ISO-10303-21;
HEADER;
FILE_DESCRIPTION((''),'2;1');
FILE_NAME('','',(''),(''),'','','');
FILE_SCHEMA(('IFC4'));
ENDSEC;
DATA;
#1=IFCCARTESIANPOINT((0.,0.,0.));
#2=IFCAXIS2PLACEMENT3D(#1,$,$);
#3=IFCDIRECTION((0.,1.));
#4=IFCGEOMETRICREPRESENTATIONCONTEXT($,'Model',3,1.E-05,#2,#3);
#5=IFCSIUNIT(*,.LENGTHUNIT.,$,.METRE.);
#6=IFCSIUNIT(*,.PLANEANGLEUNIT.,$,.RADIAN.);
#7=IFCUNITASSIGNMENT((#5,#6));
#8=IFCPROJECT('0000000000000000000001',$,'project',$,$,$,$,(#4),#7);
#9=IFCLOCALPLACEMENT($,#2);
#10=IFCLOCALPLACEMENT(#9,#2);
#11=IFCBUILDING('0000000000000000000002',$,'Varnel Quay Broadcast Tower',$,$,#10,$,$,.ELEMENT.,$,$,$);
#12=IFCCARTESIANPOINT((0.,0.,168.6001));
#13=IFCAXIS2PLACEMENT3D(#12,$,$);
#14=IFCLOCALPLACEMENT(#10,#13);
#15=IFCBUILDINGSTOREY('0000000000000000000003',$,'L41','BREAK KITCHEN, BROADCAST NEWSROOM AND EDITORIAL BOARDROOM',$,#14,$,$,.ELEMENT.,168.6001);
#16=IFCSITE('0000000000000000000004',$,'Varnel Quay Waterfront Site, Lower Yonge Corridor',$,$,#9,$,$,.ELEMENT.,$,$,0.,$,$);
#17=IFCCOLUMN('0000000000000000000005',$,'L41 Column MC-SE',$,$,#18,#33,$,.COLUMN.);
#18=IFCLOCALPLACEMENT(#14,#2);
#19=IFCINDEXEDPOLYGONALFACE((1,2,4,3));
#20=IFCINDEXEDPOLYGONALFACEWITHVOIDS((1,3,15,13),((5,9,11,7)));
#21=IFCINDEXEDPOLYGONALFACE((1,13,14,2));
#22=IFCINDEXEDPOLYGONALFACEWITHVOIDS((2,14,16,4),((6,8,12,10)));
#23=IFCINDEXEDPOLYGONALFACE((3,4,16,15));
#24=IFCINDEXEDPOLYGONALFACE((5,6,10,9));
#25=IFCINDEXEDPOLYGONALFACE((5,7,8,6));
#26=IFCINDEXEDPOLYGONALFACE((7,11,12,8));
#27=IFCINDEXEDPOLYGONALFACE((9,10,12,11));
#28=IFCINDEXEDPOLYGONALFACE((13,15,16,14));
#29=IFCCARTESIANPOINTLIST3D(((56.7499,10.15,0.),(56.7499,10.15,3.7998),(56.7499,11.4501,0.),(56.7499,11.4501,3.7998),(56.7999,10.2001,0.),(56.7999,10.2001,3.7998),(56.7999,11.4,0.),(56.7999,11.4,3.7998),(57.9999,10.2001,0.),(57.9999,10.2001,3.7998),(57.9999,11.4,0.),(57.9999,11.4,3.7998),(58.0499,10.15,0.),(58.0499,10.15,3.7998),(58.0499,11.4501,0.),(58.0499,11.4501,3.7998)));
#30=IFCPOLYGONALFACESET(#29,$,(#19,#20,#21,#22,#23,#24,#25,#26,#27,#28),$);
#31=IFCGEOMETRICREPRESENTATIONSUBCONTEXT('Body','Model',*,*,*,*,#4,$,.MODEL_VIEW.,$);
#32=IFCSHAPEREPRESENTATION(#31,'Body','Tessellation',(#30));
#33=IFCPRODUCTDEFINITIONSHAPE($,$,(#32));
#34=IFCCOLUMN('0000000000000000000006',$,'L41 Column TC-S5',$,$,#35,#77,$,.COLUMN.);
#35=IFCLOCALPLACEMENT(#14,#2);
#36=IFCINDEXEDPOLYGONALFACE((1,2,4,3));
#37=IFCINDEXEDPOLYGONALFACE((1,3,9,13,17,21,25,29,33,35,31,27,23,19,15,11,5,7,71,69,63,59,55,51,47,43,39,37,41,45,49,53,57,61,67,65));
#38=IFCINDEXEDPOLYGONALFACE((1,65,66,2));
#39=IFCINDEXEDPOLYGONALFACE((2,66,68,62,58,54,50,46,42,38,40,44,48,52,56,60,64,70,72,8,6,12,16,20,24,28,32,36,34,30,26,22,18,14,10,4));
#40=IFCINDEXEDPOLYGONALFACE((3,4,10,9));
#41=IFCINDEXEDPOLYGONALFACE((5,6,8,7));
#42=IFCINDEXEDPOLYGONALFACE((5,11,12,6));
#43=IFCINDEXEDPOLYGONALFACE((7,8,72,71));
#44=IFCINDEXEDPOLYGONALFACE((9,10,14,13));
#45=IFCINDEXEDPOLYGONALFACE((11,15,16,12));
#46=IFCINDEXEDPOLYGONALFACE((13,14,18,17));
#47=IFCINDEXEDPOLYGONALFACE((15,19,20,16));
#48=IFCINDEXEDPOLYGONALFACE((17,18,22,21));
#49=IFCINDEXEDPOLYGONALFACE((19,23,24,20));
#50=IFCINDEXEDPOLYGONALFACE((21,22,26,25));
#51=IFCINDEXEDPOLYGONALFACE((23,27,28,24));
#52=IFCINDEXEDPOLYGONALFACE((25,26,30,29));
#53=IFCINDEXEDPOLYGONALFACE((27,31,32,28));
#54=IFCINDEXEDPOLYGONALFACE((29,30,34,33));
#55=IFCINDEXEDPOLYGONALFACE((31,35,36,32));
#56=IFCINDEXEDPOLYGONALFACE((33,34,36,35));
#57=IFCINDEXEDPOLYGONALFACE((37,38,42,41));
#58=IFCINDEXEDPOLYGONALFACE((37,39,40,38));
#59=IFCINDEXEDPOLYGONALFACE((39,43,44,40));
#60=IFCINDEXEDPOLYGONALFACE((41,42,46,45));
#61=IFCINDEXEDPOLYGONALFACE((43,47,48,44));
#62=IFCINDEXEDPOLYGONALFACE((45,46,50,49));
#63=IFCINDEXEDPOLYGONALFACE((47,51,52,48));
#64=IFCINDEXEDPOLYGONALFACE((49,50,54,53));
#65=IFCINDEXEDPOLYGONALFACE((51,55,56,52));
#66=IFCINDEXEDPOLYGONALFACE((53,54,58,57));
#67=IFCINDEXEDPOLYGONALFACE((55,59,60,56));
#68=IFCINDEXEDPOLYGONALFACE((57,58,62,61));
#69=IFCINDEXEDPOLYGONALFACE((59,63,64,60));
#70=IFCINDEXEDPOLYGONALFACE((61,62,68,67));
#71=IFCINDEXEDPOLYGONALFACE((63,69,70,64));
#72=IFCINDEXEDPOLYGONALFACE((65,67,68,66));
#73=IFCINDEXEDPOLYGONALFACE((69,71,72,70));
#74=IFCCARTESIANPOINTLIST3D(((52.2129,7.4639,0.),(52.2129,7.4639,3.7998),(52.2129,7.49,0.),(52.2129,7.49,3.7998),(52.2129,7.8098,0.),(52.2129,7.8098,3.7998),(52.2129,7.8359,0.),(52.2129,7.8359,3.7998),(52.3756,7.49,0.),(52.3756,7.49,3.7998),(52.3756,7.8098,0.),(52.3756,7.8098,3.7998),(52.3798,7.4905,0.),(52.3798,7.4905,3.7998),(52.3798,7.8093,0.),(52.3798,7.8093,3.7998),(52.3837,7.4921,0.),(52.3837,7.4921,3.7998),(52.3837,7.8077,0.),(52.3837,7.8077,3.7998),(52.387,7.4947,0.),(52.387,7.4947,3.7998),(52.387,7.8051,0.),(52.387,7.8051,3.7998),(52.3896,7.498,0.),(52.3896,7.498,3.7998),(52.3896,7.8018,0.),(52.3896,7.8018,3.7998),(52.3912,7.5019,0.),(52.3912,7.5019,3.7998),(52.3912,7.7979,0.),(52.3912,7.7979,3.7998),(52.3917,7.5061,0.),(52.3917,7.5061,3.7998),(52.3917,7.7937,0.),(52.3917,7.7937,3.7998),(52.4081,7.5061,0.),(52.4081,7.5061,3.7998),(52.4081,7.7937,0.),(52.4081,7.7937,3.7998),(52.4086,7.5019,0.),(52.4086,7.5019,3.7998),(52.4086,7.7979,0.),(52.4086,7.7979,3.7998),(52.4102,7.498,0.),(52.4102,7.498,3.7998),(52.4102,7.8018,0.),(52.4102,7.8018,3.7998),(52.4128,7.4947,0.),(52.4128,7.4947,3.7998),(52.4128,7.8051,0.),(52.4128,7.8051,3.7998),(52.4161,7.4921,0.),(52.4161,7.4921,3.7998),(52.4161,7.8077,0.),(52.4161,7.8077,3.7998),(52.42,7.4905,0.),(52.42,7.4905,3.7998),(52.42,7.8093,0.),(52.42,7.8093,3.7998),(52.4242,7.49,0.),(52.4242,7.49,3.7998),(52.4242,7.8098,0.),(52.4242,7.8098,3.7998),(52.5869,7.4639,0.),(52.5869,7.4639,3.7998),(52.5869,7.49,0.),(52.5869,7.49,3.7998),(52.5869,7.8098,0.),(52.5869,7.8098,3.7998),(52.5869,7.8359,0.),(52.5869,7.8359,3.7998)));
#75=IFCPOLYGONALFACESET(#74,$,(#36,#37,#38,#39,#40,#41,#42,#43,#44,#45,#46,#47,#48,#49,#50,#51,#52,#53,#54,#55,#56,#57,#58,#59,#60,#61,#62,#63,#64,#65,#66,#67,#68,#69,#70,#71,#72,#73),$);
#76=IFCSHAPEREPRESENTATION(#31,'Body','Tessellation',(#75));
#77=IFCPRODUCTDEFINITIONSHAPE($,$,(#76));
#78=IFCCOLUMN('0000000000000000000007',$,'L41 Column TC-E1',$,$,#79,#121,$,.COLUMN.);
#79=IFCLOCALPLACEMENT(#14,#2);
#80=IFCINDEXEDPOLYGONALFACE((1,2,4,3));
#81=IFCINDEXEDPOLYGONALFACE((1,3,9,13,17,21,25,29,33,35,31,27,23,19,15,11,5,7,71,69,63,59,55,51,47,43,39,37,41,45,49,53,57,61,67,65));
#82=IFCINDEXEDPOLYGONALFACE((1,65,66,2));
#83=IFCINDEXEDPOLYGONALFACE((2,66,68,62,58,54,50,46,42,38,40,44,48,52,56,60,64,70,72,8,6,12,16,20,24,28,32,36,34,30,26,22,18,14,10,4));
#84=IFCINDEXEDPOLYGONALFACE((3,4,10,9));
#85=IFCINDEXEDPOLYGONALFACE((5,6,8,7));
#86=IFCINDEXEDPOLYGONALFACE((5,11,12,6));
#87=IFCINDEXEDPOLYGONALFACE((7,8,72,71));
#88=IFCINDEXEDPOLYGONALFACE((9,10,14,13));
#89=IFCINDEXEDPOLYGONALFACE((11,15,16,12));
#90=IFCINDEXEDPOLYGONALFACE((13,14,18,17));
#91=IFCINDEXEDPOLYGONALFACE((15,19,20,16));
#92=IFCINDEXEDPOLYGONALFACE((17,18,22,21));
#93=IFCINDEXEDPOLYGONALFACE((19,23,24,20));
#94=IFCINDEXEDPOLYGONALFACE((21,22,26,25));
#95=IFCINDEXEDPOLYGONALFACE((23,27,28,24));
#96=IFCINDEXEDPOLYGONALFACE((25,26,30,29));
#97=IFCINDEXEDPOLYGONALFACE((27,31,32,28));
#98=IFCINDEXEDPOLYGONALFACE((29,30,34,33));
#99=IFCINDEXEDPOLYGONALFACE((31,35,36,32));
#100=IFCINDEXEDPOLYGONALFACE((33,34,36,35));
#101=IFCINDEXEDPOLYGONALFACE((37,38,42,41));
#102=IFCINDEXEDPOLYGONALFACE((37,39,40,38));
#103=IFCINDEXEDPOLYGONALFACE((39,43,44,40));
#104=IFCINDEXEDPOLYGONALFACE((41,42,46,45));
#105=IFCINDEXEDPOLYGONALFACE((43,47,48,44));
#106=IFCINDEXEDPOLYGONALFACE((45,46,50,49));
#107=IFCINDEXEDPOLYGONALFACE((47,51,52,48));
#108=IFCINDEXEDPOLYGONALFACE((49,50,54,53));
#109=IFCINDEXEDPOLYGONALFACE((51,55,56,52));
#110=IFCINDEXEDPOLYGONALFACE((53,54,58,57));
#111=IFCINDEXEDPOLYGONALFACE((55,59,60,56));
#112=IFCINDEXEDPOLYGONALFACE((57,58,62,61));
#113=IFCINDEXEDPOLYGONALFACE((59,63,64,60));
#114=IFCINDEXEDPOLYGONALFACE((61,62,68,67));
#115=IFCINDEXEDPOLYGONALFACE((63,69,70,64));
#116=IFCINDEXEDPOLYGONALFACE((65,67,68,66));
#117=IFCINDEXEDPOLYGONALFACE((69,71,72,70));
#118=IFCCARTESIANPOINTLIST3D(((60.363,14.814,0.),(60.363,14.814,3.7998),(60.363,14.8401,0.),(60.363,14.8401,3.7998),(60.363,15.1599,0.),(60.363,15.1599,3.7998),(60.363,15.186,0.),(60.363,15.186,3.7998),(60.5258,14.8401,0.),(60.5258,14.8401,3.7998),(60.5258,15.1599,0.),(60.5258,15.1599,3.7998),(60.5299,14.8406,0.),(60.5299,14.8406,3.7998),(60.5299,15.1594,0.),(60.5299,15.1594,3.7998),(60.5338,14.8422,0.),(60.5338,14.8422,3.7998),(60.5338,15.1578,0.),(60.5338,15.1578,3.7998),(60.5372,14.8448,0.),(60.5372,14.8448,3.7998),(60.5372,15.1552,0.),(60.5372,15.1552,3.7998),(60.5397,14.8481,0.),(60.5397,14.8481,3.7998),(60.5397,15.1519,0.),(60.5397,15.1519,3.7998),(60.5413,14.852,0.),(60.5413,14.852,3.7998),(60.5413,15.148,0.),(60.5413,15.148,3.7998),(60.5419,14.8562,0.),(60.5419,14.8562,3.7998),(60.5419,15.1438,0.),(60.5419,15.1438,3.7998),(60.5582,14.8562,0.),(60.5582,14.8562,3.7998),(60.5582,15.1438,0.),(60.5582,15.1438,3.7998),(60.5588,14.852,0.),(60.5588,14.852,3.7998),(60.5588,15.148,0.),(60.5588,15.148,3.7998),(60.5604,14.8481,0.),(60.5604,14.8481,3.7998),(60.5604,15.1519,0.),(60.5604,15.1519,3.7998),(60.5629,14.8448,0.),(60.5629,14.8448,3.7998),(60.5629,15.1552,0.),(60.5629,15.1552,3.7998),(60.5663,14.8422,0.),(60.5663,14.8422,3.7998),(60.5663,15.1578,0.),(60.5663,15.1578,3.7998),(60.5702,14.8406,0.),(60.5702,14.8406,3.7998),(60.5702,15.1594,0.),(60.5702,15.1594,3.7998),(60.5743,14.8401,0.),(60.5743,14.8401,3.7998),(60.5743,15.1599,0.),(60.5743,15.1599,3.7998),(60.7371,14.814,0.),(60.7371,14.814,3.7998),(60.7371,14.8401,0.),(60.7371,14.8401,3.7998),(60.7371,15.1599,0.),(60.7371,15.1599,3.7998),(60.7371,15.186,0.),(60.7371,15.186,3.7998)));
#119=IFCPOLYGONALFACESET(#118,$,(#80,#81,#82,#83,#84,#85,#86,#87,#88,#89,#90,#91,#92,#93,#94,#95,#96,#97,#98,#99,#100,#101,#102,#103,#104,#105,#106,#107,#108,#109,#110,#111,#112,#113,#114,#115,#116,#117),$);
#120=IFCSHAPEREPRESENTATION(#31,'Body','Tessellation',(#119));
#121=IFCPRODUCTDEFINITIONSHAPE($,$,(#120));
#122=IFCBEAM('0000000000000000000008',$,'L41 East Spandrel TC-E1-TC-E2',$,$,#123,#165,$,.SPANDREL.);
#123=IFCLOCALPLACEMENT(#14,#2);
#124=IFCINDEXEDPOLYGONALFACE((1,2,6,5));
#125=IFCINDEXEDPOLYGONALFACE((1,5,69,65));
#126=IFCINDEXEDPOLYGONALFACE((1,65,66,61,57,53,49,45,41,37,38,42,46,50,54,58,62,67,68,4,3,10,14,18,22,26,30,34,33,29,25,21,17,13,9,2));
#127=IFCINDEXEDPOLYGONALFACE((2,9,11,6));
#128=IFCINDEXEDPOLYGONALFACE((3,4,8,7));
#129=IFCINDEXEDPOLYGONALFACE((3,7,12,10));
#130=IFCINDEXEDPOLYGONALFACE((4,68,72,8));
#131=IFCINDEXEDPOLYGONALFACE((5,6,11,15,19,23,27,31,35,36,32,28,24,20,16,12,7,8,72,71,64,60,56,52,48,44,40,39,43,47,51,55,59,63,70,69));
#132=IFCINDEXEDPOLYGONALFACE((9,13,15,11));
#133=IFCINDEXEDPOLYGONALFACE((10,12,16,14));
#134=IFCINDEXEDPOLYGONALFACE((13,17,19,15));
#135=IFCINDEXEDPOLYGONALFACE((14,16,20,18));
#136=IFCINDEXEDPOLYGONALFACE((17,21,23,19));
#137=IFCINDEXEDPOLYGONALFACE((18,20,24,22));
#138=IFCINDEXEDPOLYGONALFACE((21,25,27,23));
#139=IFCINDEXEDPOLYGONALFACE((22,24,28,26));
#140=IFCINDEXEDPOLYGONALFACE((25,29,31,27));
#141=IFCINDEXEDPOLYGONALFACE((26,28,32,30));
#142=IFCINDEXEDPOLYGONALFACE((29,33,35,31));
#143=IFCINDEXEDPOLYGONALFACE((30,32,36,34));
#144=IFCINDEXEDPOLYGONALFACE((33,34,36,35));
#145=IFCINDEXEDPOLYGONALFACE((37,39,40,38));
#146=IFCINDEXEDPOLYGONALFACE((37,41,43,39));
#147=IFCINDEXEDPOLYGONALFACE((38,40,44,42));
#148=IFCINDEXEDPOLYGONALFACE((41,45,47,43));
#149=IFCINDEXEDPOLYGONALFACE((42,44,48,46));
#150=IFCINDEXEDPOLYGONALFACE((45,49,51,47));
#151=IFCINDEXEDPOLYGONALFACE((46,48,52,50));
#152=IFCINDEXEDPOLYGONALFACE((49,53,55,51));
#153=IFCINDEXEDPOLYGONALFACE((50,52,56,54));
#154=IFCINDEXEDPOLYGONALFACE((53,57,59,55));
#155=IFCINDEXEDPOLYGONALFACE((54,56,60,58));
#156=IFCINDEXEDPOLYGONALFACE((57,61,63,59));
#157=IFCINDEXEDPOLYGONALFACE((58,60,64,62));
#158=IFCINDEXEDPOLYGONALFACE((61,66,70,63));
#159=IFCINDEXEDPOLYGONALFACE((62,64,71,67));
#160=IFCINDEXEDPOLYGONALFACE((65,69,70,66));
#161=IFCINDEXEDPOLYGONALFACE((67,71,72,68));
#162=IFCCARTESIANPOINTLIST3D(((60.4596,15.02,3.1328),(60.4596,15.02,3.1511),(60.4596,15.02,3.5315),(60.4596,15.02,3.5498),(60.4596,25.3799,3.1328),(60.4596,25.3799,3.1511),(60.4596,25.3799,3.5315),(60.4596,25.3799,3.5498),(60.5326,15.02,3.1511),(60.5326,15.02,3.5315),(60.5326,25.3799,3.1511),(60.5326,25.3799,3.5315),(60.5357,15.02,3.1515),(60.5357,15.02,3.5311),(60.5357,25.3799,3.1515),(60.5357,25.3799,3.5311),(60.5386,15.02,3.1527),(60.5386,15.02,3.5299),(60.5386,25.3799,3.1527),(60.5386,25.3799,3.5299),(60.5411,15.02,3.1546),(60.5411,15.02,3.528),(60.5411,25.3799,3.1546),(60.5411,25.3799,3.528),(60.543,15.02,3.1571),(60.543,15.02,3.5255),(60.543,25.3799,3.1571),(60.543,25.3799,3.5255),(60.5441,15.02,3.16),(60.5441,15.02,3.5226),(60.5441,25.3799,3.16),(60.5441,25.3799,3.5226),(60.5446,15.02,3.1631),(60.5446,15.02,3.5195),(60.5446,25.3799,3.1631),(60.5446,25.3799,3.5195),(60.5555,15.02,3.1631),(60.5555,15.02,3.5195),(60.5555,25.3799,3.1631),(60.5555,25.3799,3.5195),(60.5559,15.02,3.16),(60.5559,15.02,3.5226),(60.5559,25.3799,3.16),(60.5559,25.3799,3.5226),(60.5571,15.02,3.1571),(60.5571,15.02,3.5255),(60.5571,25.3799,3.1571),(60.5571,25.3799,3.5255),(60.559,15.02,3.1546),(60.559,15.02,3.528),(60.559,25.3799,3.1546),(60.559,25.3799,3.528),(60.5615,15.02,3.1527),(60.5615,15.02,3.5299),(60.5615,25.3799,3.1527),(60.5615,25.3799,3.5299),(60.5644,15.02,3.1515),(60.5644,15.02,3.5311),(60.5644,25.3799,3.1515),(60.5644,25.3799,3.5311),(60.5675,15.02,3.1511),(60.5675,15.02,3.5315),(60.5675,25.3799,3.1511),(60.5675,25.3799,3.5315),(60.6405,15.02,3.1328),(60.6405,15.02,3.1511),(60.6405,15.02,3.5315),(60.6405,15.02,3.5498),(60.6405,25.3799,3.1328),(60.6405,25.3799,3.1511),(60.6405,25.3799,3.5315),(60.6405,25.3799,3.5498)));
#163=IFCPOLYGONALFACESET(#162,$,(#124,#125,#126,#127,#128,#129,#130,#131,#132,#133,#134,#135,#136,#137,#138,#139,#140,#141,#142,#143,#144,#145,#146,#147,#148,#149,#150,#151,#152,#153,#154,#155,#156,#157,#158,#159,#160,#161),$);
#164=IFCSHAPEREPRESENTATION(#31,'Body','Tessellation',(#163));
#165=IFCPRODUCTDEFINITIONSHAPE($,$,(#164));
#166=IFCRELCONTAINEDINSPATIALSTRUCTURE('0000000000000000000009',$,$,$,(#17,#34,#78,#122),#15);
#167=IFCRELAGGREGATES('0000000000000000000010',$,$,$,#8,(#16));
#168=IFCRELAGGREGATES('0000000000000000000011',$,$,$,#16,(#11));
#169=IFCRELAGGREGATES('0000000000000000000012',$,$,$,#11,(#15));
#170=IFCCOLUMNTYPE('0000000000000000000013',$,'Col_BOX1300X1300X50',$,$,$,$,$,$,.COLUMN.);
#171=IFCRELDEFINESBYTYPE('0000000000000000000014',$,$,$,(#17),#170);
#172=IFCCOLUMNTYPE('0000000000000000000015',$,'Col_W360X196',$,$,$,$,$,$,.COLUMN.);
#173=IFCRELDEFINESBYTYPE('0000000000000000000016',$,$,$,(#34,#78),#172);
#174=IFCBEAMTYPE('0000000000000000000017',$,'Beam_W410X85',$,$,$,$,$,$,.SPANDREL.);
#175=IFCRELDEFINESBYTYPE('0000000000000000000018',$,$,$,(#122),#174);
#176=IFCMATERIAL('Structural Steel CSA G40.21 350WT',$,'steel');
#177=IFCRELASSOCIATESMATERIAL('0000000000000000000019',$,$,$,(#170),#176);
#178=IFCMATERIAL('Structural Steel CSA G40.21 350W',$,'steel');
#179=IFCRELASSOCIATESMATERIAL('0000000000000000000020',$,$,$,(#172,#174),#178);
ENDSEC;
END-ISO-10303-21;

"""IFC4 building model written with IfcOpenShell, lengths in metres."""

from ifc_helpers import new_model, si_unit, direction, frame, origin, origin_2d, place, context, subcontext, project, spatial, hollow_rectangle, i_section, extrude, source, transform, mapped, material, material_profile, profile_set, type_object, type_shapes, element, save


model = new_model("IFC4")

# Units and contexts
model_context = context("Model", 3, precision=1e-05, world=origin(), true_north=direction((0.0, 1.0)))
body_context = subcontext(model_context, "Body", "Model", "MODEL_VIEW")
ifc_project = project(units=[si_unit("LENGTHUNIT", "METRE"), si_unit("PLANEANGLEUNIT", "RADIAN")], contexts=[model_context])

# Site, building, storey
site_placement = place(None, origin())
site = spatial("IfcSite", under=ifc_project, at=site_placement, Name="Varnel Quay Waterfront Site, Lower Yonge Corridor", CompositionType="ELEMENT", RefElevation=0.0)
building_placement = place(site_placement, origin())
building = spatial("IfcBuilding", under=site, at=building_placement, Name="Varnel Quay Broadcast Tower", CompositionType="ELEMENT")
storey_placement = place(building_placement, frame((0.0, 0.0, 168.6001)))
storey = spatial("IfcBuildingStorey", under=building, at=storey_placement, Name="L41", Description="BREAK KITCHEN, BROADCAST NEWSROOM AND EDITORIAL BOARDROOM", CompositionType="ELEMENT", Elevation=168.6001)

# Columns
ifc_material_1 = material(Name="Structural Steel CSA G40.21 350WT", Category="steel")
ifc_material_profile_1 = material_profile(ifc_material_1, hollow_rectangle(XDim=1.3, YDim=1.3, WallThickness=0.05, at=origin_2d()), Name="BOX1300X1300X50")
ifc_profile_set_1 = profile_set([ifc_material_profile_1], Name="Structural Steel CSA G40.21 350WT")
column_type_1 = type_object("IfcColumnType", Name="Col_BOX1300X1300X50", PredefinedType="COLUMN", material=ifc_profile_set_1)
shared_shape_1 = source(origin(), body_context, "Body", "SweptSolid", [
    extrude(hollow_rectangle(XDim=1.3, YDim=1.3, WallThickness=0.05, at=origin_2d()), origin(), (0.0, 0.0, 1.0), 3.7998),
])
type_shapes(column_type_1, [shared_shape_1])
column_placement = place(storey_placement, frame((57.3999, 10.8, 0.0), z_axis=(0.0, 0.0, 1.0), x_axis=(1.0, 0.0, 0.0)))
element("IfcColumn", 1, at=column_placement, inside=storey, type_object=column_type_1, Name="L41 Column MC-SE", PredefinedType="COLUMN", context=body_context, shape_type="MappedRepresentation", body=[
    mapped(shared_shape_1, transform((0.0, 0.0, 0.0), x_axis=(1.0, 0.0, 0.0), y_axis=(0.0, 1.0, 0.0), z_axis=(0.0, 0.0, 1.0), scale=1.0)),
])
ifc_material_2 = material(Name="Structural Steel CSA G40.21 350W", Category="steel")
ifc_material_profile_2 = material_profile(ifc_material_2, i_section(OverallWidth=0.374, OverallDepth=0.3721, WebThickness=0.0164, FlangeThickness=0.0261, FilletRadius=0.0161, at=origin_2d()), Name="W360X196")
ifc_profile_set_2 = profile_set([ifc_material_profile_2], Name="Structural Steel CSA G40.21 350W")
column_type_2 = type_object("IfcColumnType", Name="Col_W360X196", PredefinedType="COLUMN", material=ifc_profile_set_2)
shared_shape_2 = source(origin(), body_context, "Body", "SweptSolid", [
    extrude(i_section(OverallWidth=0.374, OverallDepth=0.3721, WebThickness=0.0164, FlangeThickness=0.0261, FilletRadius=0.0161, at=origin_2d()), origin(), (0.0, 0.0, 1.0), 3.7998),
])
type_shapes(column_type_2, [shared_shape_2])
for number, where, z_axis, x_axis, name in (
    (2, (52.3999, 7.6499, 0.0), (0.0, 0.0, 1.0), (1.0, 0.0, 0.0), "L41 Column TC-S5"),
    (3, (60.55, 15.0, 0.0), (0.0, 0.0, 1.0), (1.0, 0.0, 0.0), "L41 Column TC-E1"),
):
    element("IfcColumn", number, at=place(storey_placement, frame(where, z_axis=z_axis, x_axis=x_axis)), inside=storey, type_object=column_type_2, Name=name, PredefinedType="COLUMN", context=body_context, shape_type="MappedRepresentation", body=[
        mapped(shared_shape_2, transform((0.0, 0.0, 0.0), x_axis=(1.0, 0.0, 0.0), y_axis=(0.0, 1.0, 0.0), z_axis=(0.0, 0.0, 1.0), scale=1.0)),
    ])

# Beam
ifc_material_profile_3 = material_profile(ifc_material_2, i_section(OverallWidth=0.1809, OverallDepth=0.417, WebThickness=0.011, FlangeThickness=0.0183, FilletRadius=0.012, at=origin_2d()), Name="W410X85")
ifc_profile_set_3 = profile_set([ifc_material_profile_3], Name="Structural Steel CSA G40.21 350W")
beam_type = type_object("IfcBeamType", Name="Beam_W410X85", PredefinedType="SPANDREL", material=ifc_profile_set_3)
shared_shape_3 = source(origin(), body_context, "Body", "SweptSolid", [
    extrude(i_section(OverallWidth=0.1809, OverallDepth=0.417, WebThickness=0.011, FlangeThickness=0.0183, FilletRadius=0.012, at=origin_2d()), origin(), (0.0, 0.0, 1.0), 10.3599),
])
beam_1_placement = place(storey_placement, frame((60.55, 15.02, 3.3413), z_axis=(0.0, 1.0, 0.0), x_axis=(-1.0, 0.0, 0.0)))
element("IfcBeam", 4, at=beam_1_placement, inside=storey, type_object=beam_type, Name="L41 East Spandrel TC-E1-TC-E2", PredefinedType="SPANDREL", context=body_context, shape_type="MappedRepresentation", body=[
    mapped(shared_shape_3, transform((0.0, 0.0, 0.0), x_axis=(1.0, 0.0, 0.0), y_axis=(0.0, 1.0, 0.0), z_axis=(0.0, 0.0, 1.0), scale=1.0)),
])

save(model, "model.ifc")
